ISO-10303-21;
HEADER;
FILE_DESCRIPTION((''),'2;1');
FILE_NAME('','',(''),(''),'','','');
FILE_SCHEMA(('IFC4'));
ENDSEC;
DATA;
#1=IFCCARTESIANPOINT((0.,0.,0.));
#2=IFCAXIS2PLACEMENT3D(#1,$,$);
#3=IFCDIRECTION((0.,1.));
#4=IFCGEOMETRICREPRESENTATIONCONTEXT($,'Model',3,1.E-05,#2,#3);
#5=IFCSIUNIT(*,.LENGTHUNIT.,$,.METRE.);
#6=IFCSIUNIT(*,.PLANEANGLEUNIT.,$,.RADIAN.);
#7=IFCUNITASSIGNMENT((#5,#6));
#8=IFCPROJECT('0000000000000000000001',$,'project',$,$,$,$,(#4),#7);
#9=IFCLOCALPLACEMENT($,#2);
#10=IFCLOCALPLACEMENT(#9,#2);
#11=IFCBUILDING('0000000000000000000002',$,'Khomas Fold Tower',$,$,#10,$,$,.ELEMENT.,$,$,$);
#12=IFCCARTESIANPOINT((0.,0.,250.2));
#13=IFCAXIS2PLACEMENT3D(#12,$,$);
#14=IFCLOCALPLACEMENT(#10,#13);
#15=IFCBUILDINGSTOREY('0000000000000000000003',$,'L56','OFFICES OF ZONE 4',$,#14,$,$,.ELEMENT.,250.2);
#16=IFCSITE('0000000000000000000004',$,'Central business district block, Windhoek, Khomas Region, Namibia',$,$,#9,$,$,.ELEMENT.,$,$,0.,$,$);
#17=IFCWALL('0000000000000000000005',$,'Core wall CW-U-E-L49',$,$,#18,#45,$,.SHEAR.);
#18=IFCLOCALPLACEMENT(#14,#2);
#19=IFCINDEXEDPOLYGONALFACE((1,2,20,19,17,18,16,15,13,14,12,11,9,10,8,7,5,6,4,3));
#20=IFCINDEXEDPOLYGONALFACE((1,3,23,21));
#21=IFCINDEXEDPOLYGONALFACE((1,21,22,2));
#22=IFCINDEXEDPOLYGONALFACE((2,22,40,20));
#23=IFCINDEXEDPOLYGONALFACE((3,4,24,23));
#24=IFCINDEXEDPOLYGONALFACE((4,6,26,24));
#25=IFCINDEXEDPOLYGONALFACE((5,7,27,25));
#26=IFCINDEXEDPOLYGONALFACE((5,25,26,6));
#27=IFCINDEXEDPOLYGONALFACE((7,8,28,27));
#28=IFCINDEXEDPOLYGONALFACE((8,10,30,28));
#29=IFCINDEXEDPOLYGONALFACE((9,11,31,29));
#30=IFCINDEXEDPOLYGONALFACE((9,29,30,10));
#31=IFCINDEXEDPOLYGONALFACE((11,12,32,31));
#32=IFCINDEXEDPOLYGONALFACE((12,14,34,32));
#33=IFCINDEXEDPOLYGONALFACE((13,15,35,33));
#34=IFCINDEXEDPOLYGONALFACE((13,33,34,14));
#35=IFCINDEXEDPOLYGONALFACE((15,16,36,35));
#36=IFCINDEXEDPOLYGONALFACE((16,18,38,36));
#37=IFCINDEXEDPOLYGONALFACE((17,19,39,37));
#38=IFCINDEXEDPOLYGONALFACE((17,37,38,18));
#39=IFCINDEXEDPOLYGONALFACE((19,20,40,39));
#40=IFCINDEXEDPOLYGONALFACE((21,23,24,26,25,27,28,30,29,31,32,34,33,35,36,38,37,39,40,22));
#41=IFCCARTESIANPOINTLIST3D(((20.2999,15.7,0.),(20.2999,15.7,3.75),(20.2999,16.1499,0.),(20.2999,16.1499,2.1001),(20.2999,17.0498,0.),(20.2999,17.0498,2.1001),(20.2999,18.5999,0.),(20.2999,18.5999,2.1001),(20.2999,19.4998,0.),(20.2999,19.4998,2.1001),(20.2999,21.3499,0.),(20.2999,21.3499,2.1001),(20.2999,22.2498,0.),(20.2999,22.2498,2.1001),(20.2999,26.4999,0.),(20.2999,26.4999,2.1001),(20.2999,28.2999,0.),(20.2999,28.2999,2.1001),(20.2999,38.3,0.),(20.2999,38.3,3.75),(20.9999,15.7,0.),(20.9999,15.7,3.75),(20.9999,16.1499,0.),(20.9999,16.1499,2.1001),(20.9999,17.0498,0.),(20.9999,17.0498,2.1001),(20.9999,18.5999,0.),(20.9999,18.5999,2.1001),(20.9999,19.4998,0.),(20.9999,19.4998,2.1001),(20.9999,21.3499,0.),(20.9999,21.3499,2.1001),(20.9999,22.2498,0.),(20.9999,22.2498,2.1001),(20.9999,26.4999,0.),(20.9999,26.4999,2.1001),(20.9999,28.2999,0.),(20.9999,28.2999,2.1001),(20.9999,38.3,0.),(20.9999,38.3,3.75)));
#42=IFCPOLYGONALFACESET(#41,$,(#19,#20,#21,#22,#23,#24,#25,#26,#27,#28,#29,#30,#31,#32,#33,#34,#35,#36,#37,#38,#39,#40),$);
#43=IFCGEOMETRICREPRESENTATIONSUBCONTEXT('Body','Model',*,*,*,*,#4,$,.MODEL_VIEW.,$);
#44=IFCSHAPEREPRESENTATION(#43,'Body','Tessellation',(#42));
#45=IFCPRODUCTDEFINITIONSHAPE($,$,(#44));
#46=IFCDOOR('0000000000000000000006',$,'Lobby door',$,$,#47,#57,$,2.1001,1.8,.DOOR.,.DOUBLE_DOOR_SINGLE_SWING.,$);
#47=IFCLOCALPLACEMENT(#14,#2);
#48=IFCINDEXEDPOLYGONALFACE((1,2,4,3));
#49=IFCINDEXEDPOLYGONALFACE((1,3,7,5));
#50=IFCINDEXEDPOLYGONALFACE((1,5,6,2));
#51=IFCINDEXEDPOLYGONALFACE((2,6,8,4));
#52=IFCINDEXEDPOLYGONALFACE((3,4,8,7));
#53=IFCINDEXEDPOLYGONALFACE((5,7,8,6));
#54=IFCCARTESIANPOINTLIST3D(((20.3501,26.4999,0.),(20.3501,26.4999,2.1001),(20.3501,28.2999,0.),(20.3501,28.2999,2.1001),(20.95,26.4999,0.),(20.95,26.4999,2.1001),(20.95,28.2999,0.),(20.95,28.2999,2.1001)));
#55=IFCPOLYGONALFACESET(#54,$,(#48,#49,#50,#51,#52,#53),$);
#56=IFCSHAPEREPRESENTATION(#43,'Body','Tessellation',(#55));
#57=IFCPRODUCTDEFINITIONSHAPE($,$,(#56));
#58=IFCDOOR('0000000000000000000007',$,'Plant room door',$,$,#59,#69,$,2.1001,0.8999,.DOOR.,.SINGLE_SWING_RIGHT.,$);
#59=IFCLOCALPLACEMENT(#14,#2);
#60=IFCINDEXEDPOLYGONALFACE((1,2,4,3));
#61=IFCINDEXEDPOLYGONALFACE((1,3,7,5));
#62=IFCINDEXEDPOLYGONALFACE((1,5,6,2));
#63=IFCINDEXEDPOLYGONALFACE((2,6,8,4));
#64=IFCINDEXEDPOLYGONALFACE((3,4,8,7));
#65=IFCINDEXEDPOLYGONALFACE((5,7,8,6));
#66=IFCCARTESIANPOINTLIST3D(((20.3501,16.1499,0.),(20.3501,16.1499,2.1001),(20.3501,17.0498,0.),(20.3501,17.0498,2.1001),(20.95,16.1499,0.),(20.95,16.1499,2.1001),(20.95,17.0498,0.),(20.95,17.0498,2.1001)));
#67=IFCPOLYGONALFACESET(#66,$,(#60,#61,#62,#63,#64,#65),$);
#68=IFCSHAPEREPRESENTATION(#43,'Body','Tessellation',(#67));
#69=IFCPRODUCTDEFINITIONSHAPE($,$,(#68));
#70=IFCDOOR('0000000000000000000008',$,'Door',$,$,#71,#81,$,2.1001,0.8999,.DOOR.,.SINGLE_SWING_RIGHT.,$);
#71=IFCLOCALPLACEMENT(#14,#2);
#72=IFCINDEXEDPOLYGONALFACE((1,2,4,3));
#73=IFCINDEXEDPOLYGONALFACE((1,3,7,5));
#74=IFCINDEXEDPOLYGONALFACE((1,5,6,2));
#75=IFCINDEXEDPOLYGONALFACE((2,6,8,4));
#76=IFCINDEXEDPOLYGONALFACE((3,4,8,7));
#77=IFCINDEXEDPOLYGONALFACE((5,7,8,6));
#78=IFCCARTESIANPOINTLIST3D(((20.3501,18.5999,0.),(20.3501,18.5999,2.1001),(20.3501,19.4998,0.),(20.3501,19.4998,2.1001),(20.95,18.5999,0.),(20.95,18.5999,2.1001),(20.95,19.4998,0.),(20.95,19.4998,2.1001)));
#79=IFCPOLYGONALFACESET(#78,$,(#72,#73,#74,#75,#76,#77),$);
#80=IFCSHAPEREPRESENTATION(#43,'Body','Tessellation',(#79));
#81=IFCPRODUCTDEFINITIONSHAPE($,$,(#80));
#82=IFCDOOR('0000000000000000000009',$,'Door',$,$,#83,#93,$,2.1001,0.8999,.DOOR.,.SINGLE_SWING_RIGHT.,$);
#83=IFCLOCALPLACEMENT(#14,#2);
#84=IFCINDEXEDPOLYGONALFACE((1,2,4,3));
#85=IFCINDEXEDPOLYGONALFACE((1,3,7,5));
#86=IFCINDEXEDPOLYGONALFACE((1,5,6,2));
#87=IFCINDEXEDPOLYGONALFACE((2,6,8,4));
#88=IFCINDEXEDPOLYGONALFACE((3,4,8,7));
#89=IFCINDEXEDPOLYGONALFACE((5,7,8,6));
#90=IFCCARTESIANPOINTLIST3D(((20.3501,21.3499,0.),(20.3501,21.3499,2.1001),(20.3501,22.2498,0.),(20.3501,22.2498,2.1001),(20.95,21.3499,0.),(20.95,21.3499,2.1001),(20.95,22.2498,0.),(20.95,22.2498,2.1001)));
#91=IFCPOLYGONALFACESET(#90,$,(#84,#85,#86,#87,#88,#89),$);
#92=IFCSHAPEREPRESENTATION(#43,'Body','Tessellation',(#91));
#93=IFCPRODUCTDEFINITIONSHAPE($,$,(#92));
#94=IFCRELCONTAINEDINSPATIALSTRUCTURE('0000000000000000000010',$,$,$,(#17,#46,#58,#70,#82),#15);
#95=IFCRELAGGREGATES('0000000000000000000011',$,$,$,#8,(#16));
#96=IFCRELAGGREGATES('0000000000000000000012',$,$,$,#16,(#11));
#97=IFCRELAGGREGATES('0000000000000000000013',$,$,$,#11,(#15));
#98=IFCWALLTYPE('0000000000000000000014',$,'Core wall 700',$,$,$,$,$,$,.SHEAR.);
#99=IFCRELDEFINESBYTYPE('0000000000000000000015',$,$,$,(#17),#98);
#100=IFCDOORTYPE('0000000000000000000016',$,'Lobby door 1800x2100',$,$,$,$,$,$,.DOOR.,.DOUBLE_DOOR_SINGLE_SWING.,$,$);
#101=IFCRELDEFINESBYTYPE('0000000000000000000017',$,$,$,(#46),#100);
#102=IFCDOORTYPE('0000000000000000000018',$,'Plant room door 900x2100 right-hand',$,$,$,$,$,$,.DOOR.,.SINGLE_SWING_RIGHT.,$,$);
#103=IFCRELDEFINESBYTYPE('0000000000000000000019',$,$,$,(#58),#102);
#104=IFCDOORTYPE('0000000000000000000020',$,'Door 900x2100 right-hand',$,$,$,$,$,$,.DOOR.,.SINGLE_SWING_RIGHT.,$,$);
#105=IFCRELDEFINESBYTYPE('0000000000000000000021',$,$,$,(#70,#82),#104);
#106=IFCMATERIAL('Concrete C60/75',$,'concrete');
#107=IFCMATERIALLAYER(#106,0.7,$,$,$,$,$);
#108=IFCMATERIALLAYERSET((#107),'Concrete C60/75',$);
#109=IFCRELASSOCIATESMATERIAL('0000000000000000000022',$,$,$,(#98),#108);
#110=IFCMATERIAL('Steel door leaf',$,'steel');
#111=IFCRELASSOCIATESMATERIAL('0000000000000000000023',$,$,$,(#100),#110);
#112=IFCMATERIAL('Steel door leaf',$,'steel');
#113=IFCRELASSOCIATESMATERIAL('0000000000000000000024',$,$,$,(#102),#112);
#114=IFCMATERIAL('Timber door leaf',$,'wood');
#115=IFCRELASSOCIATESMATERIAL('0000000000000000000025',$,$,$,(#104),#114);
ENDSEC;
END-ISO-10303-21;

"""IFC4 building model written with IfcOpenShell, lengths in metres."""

from ifc_helpers import new_model, si_unit, direction, frame, frame_2d, origin, place, context, subcontext, project, spatial, rectangle, extrude, source, transform, mapped, material, layer, layer_set, type_object, element, fill, save


model = new_model("IFC4")

# Units and contexts
model_context = context("Model", 3, precision=1e-05, world=origin(), true_north=direction((0.0, 1.0)))
body_context = subcontext(model_context, "Body", "Model", "MODEL_VIEW")
ifc_project = project(units=[si_unit("LENGTHUNIT", "METRE"), si_unit("PLANEANGLEUNIT", "RADIAN")], contexts=[model_context])

# Site, building, storey
site_placement = place(None, origin())
site = spatial("IfcSite", under=ifc_project, at=site_placement, Name="Central business district block, Windhoek, Khomas Region, Namibia", CompositionType="ELEMENT", RefElevation=0.0)
building_placement = place(site_placement, origin())
building = spatial("IfcBuilding", under=site, at=building_placement, Name="Khomas Fold Tower", CompositionType="ELEMENT")
storey_placement = place(building_placement, frame((0.0, 0.0, 250.2)))
storey = spatial("IfcBuildingStorey", under=building, at=storey_placement, Name="L56", Description="OFFICES OF ZONE 4", CompositionType="ELEMENT", Elevation=250.2)

# Wall, openings, doors
ifc_material_1 = material(Name="Concrete C60/75", Category="concrete")
ifc_layer_1 = layer(ifc_material_1, 0.7)
ifc_layer_set_1 = layer_set([ifc_layer_1], Name="Concrete C60/75")
wall_type_1 = type_object("IfcWallType", Name="Core wall 700", PredefinedType="SHEAR", material=ifc_layer_set_1)
shared_shape_1 = source(origin(), body_context, "Body", "SweptSolid", [
    extrude(rectangle(XDim=22.6001, YDim=0.7, at=frame_2d((11.3, 0.0))), origin(), (0.0, 0.0, 1.0), 3.75),
])
wall_1_placement = place(storey_placement, frame((20.6499, 15.7, 0.0), z_axis=(0.0, 0.0, 1.0), x_axis=(0.0, 1.0, 0.0)))
wall_1 = element("IfcWall", 1, at=wall_1_placement, inside=storey, type_object=wall_type_1, Name="Core wall CW-U-E-L49", PredefinedType="SHEAR", context=body_context, shape_type="MappedRepresentation", body=[
    mapped(shared_shape_1, transform((0.0, 0.0, 0.0))),
])
shared_shape_2 = source(origin(), body_context, "Body", "SweptSolid", [
    extrude(rectangle(XDim=1.8, YDim=2.1001, at=frame_2d((0.8999, 1.05))), frame((0.0, 0.3599, 0.0), z_axis=(0.0, -1.0, 0.0), x_axis=(1.0, 0.0, 0.0)), (0.0, 0.0, 1.0), 0.72),
])
opening_1_placement = place(wall_1_placement, frame((10.8, 0.0, 0.0)))
opening_1 = element("IfcOpeningElement", 2, at=opening_1_placement, cuts=wall_1, PredefinedType="OPENING", context=body_context, shape_type="MappedRepresentation", body=[
    mapped(shared_shape_2, transform((0.0, 0.0, 0.0))),
])
shared_shape_3 = source(origin(), body_context, "Body", "SweptSolid", [
    extrude(rectangle(XDim=0.8999, YDim=2.1001, at=frame_2d((0.45, 1.05))), frame((0.0, 0.3599, 0.0), z_axis=(0.0, -1.0, 0.0), x_axis=(1.0, 0.0, 0.0)), (0.0, 0.0, 1.0), 0.72),
])
opening_2_placement = place(wall_1_placement, frame((0.45, 0.0, 0.0)))
opening_2 = element("IfcOpeningElement", 3, at=opening_2_placement, cuts=wall_1, PredefinedType="OPENING", context=body_context, shape_type="MappedRepresentation", body=[
    mapped(shared_shape_3, transform((0.0, 0.0, 0.0))),
])
opening_3_placement = place(wall_1_placement, frame((2.8999, 0.0, 0.0)))
opening_3 = element("IfcOpeningElement", 4, at=opening_3_placement, cuts=wall_1, PredefinedType="OPENING", context=body_context, shape_type="MappedRepresentation", body=[
    mapped(shared_shape_3, transform((0.0, 0.0, 0.0))),
])
opening_4_placement = place(wall_1_placement, frame((5.6499, 0.0, 0.0)))
opening_4 = element("IfcOpeningElement", 5, at=opening_4_placement, cuts=wall_1, PredefinedType="OPENING", context=body_context, shape_type="MappedRepresentation", body=[
    mapped(shared_shape_3, transform((0.0, 0.0, 0.0))),
])
ifc_material_2 = material(Name="Steel door leaf", Category="steel")
door_type_1 = type_object("IfcDoorType", Name="Lobby door 1800x2100", OperationType="DOUBLE_DOOR_SINGLE_SWING", PredefinedType="DOOR", material=ifc_material_2)
shared_shape_4 = source(origin(), body_context, "Body", "SweptSolid", [
    extrude(rectangle(XDim=1.8, YDim=2.1001, at=frame_2d((0.8999, 1.05))), frame((0.0, 0.2998, 0.0), z_axis=(0.0, -1.0, 0.0), x_axis=(1.0, 0.0, 0.0)), (0.0, 0.0, 1.0), 0.5999),
])
door_1_placement = place(opening_1_placement, origin())
door_1 = element("IfcDoor", 6, at=door_1_placement, inside=storey, type_object=door_type_1, Name="Lobby door", OperationType="DOUBLE_DOOR_SINGLE_SWING", OverallHeight=2.1001, OverallWidth=1.8, PredefinedType="DOOR", context=body_context, shape_type="MappedRepresentation", body=[
    mapped(shared_shape_4, transform((0.0, 0.0, 0.0))),
])
fill(opening_1, door_1)
ifc_material_3 = material(Name="Steel door leaf", Category="steel")
door_type_2 = type_object("IfcDoorType", Name="Plant room door 900x2100 right-hand", OperationType="SINGLE_SWING_RIGHT", PredefinedType="DOOR", material=ifc_material_3)
shared_shape_5 = source(origin(), body_context, "Body", "SweptSolid", [
    extrude(rectangle(XDim=0.8999, YDim=2.1001, at=frame_2d((0.45, 1.05))), frame((0.0, 0.2998, 0.0), z_axis=(0.0, -1.0, 0.0), x_axis=(1.0, 0.0, 0.0)), (0.0, 0.0, 1.0), 0.5999),
])
door_2_placement = place(opening_2_placement, origin())
door_2 = element("IfcDoor", 7, at=door_2_placement, inside=storey, type_object=door_type_2, Name="Plant room door", OperationType="SINGLE_SWING_RIGHT", OverallHeight=2.1001, OverallWidth=0.8999, PredefinedType="DOOR", context=body_context, shape_type="MappedRepresentation", body=[
    mapped(shared_shape_5, transform((0.0, 0.0, 0.0))),
])
fill(opening_2, door_2)
ifc_material_4 = material(Name="Timber door leaf", Category="wood")
door_type_3 = type_object("IfcDoorType", Name="Door 900x2100 right-hand", OperationType="SINGLE_SWING_RIGHT", PredefinedType="DOOR", material=ifc_material_4)
door_3_placement = place(opening_3_placement, origin())
door_3 = element("IfcDoor", 8, at=door_3_placement, inside=storey, type_object=door_type_3, Name="Door", OperationType="SINGLE_SWING_RIGHT", OverallHeight=2.1001, OverallWidth=0.8999, PredefinedType="DOOR", context=body_context, shape_type="MappedRepresentation", body=[
    mapped(shared_shape_5, transform((0.0, 0.0, 0.0))),
])
fill(opening_3, door_3)
door_4_placement = place(opening_4_placement, origin())
door_4 = element("IfcDoor", 9, at=door_4_placement, inside=storey, type_object=door_type_3, Name="Door", OperationType="SINGLE_SWING_RIGHT", OverallHeight=2.1001, OverallWidth=0.8999, PredefinedType="DOOR", context=body_context, shape_type="MappedRepresentation", body=[
    mapped(shared_shape_5, transform((0.0, 0.0, 0.0))),
])
fill(opening_4, door_4)

save(model, "model.ifc")
